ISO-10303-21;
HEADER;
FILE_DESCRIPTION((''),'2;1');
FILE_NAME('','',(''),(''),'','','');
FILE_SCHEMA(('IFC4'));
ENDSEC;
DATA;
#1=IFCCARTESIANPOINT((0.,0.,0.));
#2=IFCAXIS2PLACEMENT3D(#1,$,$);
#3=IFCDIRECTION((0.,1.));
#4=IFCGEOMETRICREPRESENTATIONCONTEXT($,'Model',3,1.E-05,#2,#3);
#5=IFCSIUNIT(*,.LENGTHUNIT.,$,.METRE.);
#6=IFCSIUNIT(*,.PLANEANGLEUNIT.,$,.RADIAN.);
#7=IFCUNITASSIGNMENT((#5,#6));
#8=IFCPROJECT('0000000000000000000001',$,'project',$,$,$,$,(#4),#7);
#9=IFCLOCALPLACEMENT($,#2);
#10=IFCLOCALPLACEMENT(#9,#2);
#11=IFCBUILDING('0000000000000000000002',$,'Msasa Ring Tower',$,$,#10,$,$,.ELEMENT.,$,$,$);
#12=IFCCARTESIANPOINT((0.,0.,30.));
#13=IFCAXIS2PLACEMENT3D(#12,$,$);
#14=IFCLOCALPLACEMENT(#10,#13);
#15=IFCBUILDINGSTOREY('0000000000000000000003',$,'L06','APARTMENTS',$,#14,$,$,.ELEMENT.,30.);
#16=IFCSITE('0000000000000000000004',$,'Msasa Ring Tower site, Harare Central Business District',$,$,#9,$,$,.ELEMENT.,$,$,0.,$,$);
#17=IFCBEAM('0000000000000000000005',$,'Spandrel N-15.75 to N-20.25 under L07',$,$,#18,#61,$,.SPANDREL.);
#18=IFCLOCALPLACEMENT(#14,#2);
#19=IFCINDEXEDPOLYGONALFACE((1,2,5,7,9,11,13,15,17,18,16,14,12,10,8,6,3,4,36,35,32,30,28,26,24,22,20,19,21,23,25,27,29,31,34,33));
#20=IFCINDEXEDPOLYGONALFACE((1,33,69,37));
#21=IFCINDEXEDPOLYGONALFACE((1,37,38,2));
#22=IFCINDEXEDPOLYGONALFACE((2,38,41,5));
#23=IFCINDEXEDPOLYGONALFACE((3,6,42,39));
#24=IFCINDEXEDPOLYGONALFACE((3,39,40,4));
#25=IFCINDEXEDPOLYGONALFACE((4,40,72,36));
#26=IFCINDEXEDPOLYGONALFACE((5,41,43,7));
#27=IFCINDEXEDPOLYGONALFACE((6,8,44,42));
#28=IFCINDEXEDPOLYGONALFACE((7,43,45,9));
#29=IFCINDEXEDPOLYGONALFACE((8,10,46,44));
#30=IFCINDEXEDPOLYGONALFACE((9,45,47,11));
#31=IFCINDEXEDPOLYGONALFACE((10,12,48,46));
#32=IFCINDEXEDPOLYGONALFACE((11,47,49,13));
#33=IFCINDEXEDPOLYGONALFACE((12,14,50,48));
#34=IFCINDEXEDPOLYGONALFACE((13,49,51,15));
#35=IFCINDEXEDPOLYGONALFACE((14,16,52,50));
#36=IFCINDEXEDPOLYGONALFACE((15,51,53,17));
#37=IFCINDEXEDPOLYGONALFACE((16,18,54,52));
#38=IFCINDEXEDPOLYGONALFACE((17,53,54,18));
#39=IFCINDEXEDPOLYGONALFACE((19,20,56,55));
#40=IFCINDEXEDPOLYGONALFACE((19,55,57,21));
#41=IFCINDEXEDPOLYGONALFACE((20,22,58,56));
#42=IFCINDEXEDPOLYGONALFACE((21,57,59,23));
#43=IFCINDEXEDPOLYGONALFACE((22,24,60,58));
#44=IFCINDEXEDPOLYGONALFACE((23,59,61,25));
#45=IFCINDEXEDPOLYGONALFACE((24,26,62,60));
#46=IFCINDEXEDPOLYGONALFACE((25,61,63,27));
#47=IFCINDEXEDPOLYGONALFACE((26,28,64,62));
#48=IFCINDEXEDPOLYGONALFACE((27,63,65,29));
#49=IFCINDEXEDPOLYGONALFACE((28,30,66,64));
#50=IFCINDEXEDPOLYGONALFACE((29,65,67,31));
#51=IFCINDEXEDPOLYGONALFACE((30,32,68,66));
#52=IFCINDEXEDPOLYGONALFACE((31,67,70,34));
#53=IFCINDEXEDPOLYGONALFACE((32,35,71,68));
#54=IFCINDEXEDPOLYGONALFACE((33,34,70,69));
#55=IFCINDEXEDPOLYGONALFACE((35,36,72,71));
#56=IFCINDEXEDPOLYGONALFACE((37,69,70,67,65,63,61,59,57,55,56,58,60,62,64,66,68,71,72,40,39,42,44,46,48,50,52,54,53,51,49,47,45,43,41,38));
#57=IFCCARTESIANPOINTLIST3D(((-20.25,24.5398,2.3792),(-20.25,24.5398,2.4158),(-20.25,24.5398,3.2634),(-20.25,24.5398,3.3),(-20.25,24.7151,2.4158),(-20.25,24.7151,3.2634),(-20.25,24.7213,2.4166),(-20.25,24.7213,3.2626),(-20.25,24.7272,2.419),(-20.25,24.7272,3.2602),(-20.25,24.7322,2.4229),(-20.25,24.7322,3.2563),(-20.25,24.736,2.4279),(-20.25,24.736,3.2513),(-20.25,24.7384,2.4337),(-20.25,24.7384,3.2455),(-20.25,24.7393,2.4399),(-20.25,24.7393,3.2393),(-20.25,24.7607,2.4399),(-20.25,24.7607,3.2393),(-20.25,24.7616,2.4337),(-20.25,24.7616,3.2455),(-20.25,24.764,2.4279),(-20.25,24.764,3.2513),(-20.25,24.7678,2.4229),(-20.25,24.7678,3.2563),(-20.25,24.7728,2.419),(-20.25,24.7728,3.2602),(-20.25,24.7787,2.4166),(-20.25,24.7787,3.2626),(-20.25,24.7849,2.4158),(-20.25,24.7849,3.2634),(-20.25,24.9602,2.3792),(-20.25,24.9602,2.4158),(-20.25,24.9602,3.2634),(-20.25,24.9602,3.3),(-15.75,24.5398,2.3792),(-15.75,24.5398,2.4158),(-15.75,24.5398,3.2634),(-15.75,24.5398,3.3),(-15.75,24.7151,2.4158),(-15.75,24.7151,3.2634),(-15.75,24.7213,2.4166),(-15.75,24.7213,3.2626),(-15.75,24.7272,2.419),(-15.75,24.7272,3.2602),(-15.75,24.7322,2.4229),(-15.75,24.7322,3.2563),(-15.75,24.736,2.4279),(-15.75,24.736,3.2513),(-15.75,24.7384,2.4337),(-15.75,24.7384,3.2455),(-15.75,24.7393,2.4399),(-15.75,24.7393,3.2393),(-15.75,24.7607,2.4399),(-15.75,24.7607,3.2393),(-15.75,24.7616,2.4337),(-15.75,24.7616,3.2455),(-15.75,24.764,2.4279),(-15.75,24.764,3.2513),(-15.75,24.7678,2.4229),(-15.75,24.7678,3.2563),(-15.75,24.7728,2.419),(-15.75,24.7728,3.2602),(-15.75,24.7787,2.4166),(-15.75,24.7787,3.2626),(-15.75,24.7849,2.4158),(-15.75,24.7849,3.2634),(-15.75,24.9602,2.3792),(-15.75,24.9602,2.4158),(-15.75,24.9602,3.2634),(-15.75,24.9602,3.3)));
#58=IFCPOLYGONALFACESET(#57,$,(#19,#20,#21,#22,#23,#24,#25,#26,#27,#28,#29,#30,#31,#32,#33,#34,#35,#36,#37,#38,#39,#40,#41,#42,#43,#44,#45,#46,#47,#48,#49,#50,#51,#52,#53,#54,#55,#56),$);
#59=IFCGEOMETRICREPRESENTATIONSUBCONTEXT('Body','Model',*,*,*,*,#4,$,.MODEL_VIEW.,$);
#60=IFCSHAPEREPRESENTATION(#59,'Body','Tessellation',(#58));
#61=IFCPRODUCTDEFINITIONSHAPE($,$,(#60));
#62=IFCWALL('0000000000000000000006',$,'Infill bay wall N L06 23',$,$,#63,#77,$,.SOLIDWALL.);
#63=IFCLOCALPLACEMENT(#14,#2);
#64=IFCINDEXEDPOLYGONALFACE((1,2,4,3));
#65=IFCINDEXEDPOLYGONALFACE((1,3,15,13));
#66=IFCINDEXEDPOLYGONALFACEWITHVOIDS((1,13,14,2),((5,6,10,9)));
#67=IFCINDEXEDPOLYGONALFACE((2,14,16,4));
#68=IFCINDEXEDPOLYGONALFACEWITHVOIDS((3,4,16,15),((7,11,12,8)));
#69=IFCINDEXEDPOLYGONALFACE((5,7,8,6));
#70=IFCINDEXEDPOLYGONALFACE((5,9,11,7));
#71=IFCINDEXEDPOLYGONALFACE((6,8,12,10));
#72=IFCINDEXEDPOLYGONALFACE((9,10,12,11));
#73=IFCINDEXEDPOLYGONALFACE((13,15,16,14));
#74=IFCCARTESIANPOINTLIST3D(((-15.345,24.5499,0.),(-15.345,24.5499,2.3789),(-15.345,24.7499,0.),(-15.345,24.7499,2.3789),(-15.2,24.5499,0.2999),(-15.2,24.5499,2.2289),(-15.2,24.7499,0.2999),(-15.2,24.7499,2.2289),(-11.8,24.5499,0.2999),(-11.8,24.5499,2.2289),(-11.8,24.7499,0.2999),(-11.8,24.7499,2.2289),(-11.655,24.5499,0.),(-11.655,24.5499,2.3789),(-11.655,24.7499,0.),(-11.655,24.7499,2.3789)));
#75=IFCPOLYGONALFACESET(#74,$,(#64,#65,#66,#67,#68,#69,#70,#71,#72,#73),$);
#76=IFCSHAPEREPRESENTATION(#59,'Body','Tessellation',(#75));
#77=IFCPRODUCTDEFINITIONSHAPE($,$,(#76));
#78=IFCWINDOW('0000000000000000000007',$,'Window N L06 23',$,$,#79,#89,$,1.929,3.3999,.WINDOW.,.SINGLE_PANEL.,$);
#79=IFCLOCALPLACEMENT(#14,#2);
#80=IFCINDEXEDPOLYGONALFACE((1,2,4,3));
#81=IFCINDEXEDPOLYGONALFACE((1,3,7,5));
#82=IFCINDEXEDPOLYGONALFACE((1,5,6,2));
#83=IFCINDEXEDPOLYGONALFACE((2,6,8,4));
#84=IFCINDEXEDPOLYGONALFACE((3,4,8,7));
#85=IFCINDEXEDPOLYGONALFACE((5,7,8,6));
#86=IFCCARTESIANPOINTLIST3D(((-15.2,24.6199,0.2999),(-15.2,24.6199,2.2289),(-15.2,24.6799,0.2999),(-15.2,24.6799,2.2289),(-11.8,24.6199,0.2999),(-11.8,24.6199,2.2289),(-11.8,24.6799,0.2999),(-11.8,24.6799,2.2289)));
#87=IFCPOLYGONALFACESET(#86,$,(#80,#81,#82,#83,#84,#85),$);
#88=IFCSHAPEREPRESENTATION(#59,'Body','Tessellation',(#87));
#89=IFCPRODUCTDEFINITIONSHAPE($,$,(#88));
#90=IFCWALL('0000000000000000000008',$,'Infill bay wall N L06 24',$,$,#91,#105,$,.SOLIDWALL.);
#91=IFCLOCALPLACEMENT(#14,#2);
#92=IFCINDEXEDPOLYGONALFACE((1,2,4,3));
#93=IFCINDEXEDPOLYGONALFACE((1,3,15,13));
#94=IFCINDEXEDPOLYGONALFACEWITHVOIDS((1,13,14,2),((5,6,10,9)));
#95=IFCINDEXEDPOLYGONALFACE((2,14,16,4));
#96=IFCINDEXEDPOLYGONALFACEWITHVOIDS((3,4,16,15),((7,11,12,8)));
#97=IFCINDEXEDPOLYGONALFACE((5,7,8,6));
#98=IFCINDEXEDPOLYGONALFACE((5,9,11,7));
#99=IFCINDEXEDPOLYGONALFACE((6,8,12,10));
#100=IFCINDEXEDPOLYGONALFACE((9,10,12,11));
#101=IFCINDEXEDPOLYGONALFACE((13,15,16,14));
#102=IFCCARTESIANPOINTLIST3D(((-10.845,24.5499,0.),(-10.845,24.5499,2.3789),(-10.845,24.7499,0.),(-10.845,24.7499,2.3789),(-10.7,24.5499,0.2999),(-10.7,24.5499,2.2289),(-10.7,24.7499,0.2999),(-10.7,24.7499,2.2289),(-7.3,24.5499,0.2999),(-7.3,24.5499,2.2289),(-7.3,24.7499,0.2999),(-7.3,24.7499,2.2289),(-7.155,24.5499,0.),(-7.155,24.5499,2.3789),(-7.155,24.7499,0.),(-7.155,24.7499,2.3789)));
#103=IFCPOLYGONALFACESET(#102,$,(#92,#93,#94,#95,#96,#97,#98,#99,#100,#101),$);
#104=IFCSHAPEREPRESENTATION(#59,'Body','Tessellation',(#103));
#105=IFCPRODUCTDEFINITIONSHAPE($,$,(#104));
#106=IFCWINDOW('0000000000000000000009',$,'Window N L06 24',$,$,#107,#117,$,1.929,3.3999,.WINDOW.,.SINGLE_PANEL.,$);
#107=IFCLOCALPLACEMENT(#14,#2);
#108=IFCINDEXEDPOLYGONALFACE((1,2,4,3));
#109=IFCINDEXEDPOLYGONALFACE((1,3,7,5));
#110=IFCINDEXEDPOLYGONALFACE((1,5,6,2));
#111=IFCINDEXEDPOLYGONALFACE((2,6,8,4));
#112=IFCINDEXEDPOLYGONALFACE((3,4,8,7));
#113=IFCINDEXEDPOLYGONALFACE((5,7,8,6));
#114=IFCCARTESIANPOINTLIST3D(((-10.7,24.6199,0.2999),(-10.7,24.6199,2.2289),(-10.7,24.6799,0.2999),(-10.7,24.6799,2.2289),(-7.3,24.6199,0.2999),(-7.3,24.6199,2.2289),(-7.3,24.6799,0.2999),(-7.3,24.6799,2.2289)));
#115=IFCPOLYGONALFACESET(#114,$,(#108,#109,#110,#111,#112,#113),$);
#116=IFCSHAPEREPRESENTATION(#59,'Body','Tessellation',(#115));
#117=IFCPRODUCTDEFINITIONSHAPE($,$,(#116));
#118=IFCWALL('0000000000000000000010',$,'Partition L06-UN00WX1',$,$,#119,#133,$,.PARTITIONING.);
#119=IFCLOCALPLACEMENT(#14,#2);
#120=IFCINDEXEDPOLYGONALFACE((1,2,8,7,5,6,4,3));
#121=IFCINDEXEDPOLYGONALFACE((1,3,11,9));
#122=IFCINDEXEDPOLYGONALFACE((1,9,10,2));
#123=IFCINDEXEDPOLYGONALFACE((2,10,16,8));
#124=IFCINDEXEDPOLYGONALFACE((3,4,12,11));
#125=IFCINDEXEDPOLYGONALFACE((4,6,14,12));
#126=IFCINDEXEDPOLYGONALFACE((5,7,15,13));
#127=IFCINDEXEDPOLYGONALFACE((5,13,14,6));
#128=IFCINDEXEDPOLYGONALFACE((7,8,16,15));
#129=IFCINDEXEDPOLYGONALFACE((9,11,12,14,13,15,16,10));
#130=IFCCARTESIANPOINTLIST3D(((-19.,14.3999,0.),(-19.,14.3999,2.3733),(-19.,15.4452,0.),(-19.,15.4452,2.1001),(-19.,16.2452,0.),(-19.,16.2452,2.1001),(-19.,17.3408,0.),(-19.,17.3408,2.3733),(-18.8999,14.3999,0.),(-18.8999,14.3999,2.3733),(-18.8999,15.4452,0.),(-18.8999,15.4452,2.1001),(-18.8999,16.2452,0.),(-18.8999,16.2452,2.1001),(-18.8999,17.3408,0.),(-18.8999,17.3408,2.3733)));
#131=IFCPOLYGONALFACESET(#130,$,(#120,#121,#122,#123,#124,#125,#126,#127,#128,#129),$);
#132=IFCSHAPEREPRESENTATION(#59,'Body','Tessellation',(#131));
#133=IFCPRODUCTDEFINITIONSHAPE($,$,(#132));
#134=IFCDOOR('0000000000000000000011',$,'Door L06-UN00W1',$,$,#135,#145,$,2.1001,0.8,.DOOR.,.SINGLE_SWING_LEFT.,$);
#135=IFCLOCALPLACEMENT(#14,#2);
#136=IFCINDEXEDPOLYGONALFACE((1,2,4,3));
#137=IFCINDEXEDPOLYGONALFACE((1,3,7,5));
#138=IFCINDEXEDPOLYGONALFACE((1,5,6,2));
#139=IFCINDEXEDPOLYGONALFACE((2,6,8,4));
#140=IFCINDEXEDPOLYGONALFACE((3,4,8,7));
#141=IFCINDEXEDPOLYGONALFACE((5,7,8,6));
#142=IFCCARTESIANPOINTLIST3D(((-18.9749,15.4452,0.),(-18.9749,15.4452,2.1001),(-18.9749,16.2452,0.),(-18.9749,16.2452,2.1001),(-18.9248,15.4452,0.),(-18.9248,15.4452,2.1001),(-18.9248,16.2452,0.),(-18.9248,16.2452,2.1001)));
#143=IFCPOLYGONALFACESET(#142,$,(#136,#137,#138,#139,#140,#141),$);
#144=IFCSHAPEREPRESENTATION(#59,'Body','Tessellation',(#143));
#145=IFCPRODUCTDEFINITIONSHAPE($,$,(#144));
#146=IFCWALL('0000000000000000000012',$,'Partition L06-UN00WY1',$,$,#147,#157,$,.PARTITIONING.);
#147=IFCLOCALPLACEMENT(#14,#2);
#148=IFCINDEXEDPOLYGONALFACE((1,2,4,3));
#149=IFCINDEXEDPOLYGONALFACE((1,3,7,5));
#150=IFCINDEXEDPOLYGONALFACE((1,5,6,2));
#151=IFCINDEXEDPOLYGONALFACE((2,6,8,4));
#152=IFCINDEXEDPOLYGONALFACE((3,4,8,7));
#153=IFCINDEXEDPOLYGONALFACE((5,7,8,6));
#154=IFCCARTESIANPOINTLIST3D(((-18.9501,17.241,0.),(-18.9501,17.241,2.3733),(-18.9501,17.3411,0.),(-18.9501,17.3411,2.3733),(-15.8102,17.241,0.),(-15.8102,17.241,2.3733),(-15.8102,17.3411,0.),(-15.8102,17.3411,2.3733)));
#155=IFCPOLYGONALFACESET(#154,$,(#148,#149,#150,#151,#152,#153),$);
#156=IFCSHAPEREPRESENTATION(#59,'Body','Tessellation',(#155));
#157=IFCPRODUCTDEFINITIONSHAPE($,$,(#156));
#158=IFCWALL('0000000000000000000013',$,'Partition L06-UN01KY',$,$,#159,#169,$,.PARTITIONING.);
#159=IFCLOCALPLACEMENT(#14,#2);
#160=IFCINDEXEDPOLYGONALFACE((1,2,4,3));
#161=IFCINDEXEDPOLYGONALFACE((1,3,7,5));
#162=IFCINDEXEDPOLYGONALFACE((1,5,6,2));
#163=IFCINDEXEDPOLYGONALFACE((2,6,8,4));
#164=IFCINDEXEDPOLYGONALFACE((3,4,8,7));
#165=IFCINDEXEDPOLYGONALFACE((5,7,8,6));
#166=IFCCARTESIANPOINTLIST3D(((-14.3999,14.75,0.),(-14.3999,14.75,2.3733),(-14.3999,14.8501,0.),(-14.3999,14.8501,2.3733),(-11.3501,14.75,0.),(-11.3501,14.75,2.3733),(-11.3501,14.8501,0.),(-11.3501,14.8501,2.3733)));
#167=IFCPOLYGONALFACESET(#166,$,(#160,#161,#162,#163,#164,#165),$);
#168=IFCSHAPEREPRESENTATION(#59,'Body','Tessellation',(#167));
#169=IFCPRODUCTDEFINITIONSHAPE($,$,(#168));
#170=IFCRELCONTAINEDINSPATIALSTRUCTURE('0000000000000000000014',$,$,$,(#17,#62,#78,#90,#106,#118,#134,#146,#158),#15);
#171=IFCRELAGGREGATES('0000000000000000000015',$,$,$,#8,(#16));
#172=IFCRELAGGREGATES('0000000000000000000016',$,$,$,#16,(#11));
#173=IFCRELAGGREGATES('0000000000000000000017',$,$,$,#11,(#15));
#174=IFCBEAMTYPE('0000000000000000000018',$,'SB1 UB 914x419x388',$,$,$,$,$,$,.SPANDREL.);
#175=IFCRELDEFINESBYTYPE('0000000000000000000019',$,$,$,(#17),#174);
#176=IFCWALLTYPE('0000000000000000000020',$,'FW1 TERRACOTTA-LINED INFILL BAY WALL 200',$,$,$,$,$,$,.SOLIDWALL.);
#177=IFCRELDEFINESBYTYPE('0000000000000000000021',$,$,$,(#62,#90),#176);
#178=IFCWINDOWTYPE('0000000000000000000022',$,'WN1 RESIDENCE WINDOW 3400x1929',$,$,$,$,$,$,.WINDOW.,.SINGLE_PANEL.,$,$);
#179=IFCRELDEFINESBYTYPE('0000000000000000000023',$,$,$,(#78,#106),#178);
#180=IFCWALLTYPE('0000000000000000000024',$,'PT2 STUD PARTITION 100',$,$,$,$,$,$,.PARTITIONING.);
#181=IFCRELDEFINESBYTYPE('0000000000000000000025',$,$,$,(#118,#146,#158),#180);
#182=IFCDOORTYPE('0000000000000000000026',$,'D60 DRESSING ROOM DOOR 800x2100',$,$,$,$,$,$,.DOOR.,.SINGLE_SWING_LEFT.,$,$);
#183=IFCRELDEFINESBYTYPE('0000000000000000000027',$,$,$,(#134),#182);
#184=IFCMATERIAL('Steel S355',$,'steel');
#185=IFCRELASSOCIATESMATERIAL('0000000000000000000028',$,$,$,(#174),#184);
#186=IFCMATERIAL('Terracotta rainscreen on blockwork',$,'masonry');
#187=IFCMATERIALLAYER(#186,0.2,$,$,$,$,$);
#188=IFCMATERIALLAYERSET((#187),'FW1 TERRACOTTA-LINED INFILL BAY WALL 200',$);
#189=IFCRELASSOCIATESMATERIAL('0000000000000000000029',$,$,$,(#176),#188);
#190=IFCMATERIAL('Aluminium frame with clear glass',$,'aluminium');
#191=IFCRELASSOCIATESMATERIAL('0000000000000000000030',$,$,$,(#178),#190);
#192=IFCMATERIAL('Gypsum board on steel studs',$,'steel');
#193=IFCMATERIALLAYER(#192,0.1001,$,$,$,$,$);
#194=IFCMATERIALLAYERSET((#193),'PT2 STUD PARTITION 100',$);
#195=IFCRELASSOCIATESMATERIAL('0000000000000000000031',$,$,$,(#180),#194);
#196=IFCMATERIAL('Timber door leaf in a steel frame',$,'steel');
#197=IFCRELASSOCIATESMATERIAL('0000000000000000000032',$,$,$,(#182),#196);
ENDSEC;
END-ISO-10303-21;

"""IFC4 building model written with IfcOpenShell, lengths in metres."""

from ifc_helpers import new_model, si_unit, direction, frame, frame_2d, origin, origin_2d, place, context, subcontext, project, spatial, rectangle, i_section, extrude, material, layer, layer_set, material_profile, profile_set, type_object, element, fill, save


model = new_model("IFC4")

# Units and contexts
model_context = context("Model", 3, precision=1e-05, world=origin(), true_north=direction((0.0, 1.0)))
body_context = subcontext(model_context, "Body", "Model", "MODEL_VIEW")
ifc_project = project(units=[si_unit("LENGTHUNIT", "METRE"), si_unit("PLANEANGLEUNIT", "RADIAN")], contexts=[model_context])

# Site, building, storey
site_placement = place(None, origin())
site = spatial("IfcSite", under=ifc_project, at=site_placement, Name="Msasa Ring Tower site, Harare Central Business District", CompositionType="ELEMENT", RefElevation=0.0)
building_placement = place(site_placement, origin())
building = spatial("IfcBuilding", under=site, at=building_placement, Name="Msasa Ring Tower", CompositionType="ELEMENT")
storey_placement = place(building_placement, frame((0.0, 0.0, 30.0)))
storey = spatial("IfcBuildingStorey", under=building, at=storey_placement, Name="L06", Description="APARTMENTS", CompositionType="ELEMENT", Elevation=30.0)

# Beam
ifc_material_1 = material(Name="Steel S355", Category="steel")
ifc_material_profile_1 = material_profile(ifc_material_1, i_section(OverallWidth=0.4204, OverallDepth=0.9209, WebThickness=0.0215, FlangeThickness=0.0366, FilletRadius=0.0242, at=origin_2d()), Name="UB 914x419x388")
ifc_profile_set_1 = profile_set([ifc_material_profile_1], Name="Steel S355")
beam_type_1 = type_object("IfcBeamType", Name="SB1 UB 914x419x388", PredefinedType="SPANDREL", material=ifc_profile_set_1)
for number, where, z_axis, x_axis, name in (
    (1, (-15.75, 24.75, 2.8396), (-1.0, 0.0, 0.0), (0.0, -1.0, 0.0), "Spandrel N-15.75 to N-20.25 under L07"),
):
    element("IfcBeam", number, at=place(storey_placement, frame(where, z_axis=z_axis, x_axis=x_axis)), inside=storey, type_object=beam_type_1, Name=name, PredefinedType="SPANDREL", context=body_context, shape_type="SweptSolid", body=[
        extrude(i_section(OverallWidth=0.4204, OverallDepth=0.9209, WebThickness=0.0215, FlangeThickness=0.0366, FilletRadius=0.0242, at=origin_2d()), origin(), (0.0, 0.0, 1.0), 4.5),
    ])

# Walls, openings, windows
ifc_material_2 = material(Name="Terracotta rainscreen on blockwork", Category="masonry")
ifc_layer_1 = layer(ifc_material_2, 0.2)
ifc_layer_set_1 = layer_set([ifc_layer_1], Name="FW1 TERRACOTTA-LINED INFILL BAY WALL 200")
wall_type_1 = type_object("IfcWallType", Name="FW1 TERRACOTTA-LINED INFILL BAY WALL 200", PredefinedType="SOLIDWALL", material=ifc_layer_set_1)
wall_1_placement = place(storey_placement, frame((-15.345, 24.6499, 0.0), z_axis=(0.0, 0.0, 1.0), x_axis=(1.0, 0.0, 0.0)))
wall_1 = element("IfcWall", 2, at=wall_1_placement, inside=storey, type_object=wall_type_1, Name="Infill bay wall N L06 23", PredefinedType="SOLIDWALL", context=body_context, shape_type="SweptSolid", body=[
    extrude(rectangle(XDim=3.6899, YDim=0.2, at=frame_2d((1.845, 0.0))), origin(), (0.0, 0.0, 1.0), 2.3789),
])
opening_1_placement = place(wall_1_placement, frame((0.145, 0.0, 0.3)))
opening_1 = element("IfcOpeningElement", 3, at=opening_1_placement, cuts=wall_1, PredefinedType="OPENING", context=body_context, shape_type="SweptSolid", body=[
    extrude(rectangle(XDim=3.3999, YDim=1.929, at=frame_2d((1.7, 0.9644))), frame((0.0, 0.1099, 0.0), z_axis=(0.0, -1.0, 0.0), x_axis=(1.0, 0.0, 0.0)), (0.0, 0.0, 1.0), 0.22),
])
ifc_material_3 = material(Name="Aluminium frame with clear glass", Category="aluminium")
window_type = type_object("IfcWindowType", Name="WN1 RESIDENCE WINDOW 3400x1929", PartitioningType="SINGLE_PANEL", PredefinedType="WINDOW", material=ifc_material_3)
window_1_placement = place(opening_1_placement, origin())
window_1 = element("IfcWindow", 4, at=window_1_placement, inside=storey, type_object=window_type, Name="Window N L06 23", OverallHeight=1.929, OverallWidth=3.3999, PartitioningType="SINGLE_PANEL", PredefinedType="WINDOW", context=body_context, shape_type="SweptSolid", body=[
    extrude(rectangle(XDim=3.3999, YDim=1.929, at=frame_2d((1.7, 0.9644))), frame((0.0, 0.03, 0.0), z_axis=(0.0, -1.0, 0.0), x_axis=(1.0, 0.0, 0.0)), (0.0, 0.0, 1.0), 0.0601),
])
fill(opening_1, window_1)
wall_2_placement = place(storey_placement, frame((-10.845, 24.6499, 0.0), z_axis=(0.0, 0.0, 1.0), x_axis=(1.0, 0.0, 0.0)))
wall_2 = element("IfcWall", 5, at=wall_2_placement, inside=storey, type_object=wall_type_1, Name="Infill bay wall N L06 24", PredefinedType="SOLIDWALL", context=body_context, shape_type="SweptSolid", body=[
    extrude(rectangle(XDim=3.6899, YDim=0.2, at=frame_2d((1.845, 0.0))), origin(), (0.0, 0.0, 1.0), 2.3789),
])
opening_2_placement = place(wall_2_placement, frame((0.145, 0.0, 0.3)))
opening_2 = element("IfcOpeningElement", 6, at=opening_2_placement, cuts=wall_2, PredefinedType="OPENING", context=body_context, shape_type="SweptSolid", body=[
    extrude(rectangle(XDim=3.3999, YDim=1.929, at=frame_2d((1.7, 0.9644))), frame((0.0, 0.1099, 0.0), z_axis=(0.0, -1.0, 0.0), x_axis=(1.0, 0.0, 0.0)), (0.0, 0.0, 1.0), 0.22),
])
window_2_placement = place(opening_2_placement, origin())
window_2 = element("IfcWindow", 7, at=window_2_placement, inside=storey, type_object=window_type, Name="Window N L06 24", OverallHeight=1.929, OverallWidth=3.3999, PartitioningType="SINGLE_PANEL", PredefinedType="WINDOW", context=body_context, shape_type="SweptSolid", body=[
    extrude(rectangle(XDim=3.3999, YDim=1.929, at=frame_2d((1.7, 0.9644))), frame((0.0, 0.03, 0.0), z_axis=(0.0, -1.0, 0.0), x_axis=(1.0, 0.0, 0.0)), (0.0, 0.0, 1.0), 0.0601),
])
fill(opening_2, window_2)

# Wall, opening, door
ifc_material_4 = material(Name="Gypsum board on steel studs", Category="steel")
ifc_layer_2 = layer(ifc_material_4, 0.1001)
ifc_layer_set_2 = layer_set([ifc_layer_2], Name="PT2 STUD PARTITION 100")
wall_type_2 = type_object("IfcWallType", Name="PT2 STUD PARTITION 100", PredefinedType="PARTITIONING", material=ifc_layer_set_2)
wall_3_placement = place(storey_placement, frame((-18.95, 14.3999, 0.0), z_axis=(0.0, 0.0, 1.0), x_axis=(0.0, 1.0, 0.0)))
wall_3 = element("IfcWall", 8, at=wall_3_placement, inside=storey, type_object=wall_type_2, Name="Partition L06-UN00WX1", PredefinedType="PARTITIONING", context=body_context, shape_type="SweptSolid", body=[
    extrude(rectangle(XDim=2.9409, YDim=0.1001, at=frame_2d((1.4705, 0.0))), origin(), (0.0, 0.0, 1.0), 2.3733),
])
opening_3_placement = place(wall_3_placement, frame((1.0454, 0.0, 0.0)))
opening_3 = element("IfcOpeningElement", 9, at=opening_3_placement, cuts=wall_3, PredefinedType="OPENING", context=body_context, shape_type="SweptSolid", body=[
    extrude(rectangle(XDim=0.8, YDim=2.1001, at=frame_2d((0.3999, 1.05))), frame((0.0, 0.0601, 0.0), z_axis=(0.0, -1.0, 0.0), x_axis=(1.0, 0.0, 0.0)), (0.0, 0.0, 1.0), 0.1201),
])
ifc_material_5 = material(Name="Timber door leaf in a steel frame", Category="steel")
door_type_1 = type_object("IfcDoorType", Name="D60 DRESSING ROOM DOOR 800x2100", OperationType="SINGLE_SWING_LEFT", PredefinedType="DOOR", material=ifc_material_5)
door_1_placement = place(opening_3_placement, origin())
door_1 = element("IfcDoor", 10, at=door_1_placement, inside=storey, type_object=door_type_1, Name="Door L06-UN00W1", OperationType="SINGLE_SWING_LEFT", OverallHeight=2.1001, OverallWidth=0.8, PredefinedType="DOOR", context=body_context, shape_type="SweptSolid", body=[
    extrude(rectangle(XDim=0.8, YDim=2.1001, at=frame_2d((0.3999, 1.05))), frame((0.0, 0.0249, 0.0), z_axis=(0.0, -1.0, 0.0), x_axis=(1.0, 0.0, 0.0)), (0.0, 0.0, 1.0), 0.05),
])
fill(opening_3, door_1)

# Walls
wall_4_placement = place(storey_placement, frame((-18.95, 17.291, 0.0), z_axis=(0.0, 0.0, 1.0), x_axis=(1.0, 0.0, 0.0)))
element("IfcWall", 11, at=wall_4_placement, inside=storey, type_object=wall_type_2, Name="Partition L06-UN00WY1", PredefinedType="PARTITIONING", context=body_context, shape_type="SweptSolid", body=[
    extrude(rectangle(XDim=3.1399, YDim=0.1001, at=frame_2d((1.5698, 0.0))), origin(), (0.0, 0.0, 1.0), 2.3733),
])
wall_5_placement = place(storey_placement, frame((-14.3999, 14.8, 0.0), z_axis=(0.0, 0.0, 1.0), x_axis=(1.0, 0.0, 0.0)))
element("IfcWall", 12, at=wall_5_placement, inside=storey, type_object=wall_type_2, Name="Partition L06-UN01KY", PredefinedType="PARTITIONING", context=body_context, shape_type="SweptSolid", body=[
    extrude(rectangle(XDim=3.0498, YDim=0.1001, at=frame_2d((1.5249, 0.0))), origin(), (0.0, 0.0, 1.0), 2.3733),
])

save(model, "model.ifc")
